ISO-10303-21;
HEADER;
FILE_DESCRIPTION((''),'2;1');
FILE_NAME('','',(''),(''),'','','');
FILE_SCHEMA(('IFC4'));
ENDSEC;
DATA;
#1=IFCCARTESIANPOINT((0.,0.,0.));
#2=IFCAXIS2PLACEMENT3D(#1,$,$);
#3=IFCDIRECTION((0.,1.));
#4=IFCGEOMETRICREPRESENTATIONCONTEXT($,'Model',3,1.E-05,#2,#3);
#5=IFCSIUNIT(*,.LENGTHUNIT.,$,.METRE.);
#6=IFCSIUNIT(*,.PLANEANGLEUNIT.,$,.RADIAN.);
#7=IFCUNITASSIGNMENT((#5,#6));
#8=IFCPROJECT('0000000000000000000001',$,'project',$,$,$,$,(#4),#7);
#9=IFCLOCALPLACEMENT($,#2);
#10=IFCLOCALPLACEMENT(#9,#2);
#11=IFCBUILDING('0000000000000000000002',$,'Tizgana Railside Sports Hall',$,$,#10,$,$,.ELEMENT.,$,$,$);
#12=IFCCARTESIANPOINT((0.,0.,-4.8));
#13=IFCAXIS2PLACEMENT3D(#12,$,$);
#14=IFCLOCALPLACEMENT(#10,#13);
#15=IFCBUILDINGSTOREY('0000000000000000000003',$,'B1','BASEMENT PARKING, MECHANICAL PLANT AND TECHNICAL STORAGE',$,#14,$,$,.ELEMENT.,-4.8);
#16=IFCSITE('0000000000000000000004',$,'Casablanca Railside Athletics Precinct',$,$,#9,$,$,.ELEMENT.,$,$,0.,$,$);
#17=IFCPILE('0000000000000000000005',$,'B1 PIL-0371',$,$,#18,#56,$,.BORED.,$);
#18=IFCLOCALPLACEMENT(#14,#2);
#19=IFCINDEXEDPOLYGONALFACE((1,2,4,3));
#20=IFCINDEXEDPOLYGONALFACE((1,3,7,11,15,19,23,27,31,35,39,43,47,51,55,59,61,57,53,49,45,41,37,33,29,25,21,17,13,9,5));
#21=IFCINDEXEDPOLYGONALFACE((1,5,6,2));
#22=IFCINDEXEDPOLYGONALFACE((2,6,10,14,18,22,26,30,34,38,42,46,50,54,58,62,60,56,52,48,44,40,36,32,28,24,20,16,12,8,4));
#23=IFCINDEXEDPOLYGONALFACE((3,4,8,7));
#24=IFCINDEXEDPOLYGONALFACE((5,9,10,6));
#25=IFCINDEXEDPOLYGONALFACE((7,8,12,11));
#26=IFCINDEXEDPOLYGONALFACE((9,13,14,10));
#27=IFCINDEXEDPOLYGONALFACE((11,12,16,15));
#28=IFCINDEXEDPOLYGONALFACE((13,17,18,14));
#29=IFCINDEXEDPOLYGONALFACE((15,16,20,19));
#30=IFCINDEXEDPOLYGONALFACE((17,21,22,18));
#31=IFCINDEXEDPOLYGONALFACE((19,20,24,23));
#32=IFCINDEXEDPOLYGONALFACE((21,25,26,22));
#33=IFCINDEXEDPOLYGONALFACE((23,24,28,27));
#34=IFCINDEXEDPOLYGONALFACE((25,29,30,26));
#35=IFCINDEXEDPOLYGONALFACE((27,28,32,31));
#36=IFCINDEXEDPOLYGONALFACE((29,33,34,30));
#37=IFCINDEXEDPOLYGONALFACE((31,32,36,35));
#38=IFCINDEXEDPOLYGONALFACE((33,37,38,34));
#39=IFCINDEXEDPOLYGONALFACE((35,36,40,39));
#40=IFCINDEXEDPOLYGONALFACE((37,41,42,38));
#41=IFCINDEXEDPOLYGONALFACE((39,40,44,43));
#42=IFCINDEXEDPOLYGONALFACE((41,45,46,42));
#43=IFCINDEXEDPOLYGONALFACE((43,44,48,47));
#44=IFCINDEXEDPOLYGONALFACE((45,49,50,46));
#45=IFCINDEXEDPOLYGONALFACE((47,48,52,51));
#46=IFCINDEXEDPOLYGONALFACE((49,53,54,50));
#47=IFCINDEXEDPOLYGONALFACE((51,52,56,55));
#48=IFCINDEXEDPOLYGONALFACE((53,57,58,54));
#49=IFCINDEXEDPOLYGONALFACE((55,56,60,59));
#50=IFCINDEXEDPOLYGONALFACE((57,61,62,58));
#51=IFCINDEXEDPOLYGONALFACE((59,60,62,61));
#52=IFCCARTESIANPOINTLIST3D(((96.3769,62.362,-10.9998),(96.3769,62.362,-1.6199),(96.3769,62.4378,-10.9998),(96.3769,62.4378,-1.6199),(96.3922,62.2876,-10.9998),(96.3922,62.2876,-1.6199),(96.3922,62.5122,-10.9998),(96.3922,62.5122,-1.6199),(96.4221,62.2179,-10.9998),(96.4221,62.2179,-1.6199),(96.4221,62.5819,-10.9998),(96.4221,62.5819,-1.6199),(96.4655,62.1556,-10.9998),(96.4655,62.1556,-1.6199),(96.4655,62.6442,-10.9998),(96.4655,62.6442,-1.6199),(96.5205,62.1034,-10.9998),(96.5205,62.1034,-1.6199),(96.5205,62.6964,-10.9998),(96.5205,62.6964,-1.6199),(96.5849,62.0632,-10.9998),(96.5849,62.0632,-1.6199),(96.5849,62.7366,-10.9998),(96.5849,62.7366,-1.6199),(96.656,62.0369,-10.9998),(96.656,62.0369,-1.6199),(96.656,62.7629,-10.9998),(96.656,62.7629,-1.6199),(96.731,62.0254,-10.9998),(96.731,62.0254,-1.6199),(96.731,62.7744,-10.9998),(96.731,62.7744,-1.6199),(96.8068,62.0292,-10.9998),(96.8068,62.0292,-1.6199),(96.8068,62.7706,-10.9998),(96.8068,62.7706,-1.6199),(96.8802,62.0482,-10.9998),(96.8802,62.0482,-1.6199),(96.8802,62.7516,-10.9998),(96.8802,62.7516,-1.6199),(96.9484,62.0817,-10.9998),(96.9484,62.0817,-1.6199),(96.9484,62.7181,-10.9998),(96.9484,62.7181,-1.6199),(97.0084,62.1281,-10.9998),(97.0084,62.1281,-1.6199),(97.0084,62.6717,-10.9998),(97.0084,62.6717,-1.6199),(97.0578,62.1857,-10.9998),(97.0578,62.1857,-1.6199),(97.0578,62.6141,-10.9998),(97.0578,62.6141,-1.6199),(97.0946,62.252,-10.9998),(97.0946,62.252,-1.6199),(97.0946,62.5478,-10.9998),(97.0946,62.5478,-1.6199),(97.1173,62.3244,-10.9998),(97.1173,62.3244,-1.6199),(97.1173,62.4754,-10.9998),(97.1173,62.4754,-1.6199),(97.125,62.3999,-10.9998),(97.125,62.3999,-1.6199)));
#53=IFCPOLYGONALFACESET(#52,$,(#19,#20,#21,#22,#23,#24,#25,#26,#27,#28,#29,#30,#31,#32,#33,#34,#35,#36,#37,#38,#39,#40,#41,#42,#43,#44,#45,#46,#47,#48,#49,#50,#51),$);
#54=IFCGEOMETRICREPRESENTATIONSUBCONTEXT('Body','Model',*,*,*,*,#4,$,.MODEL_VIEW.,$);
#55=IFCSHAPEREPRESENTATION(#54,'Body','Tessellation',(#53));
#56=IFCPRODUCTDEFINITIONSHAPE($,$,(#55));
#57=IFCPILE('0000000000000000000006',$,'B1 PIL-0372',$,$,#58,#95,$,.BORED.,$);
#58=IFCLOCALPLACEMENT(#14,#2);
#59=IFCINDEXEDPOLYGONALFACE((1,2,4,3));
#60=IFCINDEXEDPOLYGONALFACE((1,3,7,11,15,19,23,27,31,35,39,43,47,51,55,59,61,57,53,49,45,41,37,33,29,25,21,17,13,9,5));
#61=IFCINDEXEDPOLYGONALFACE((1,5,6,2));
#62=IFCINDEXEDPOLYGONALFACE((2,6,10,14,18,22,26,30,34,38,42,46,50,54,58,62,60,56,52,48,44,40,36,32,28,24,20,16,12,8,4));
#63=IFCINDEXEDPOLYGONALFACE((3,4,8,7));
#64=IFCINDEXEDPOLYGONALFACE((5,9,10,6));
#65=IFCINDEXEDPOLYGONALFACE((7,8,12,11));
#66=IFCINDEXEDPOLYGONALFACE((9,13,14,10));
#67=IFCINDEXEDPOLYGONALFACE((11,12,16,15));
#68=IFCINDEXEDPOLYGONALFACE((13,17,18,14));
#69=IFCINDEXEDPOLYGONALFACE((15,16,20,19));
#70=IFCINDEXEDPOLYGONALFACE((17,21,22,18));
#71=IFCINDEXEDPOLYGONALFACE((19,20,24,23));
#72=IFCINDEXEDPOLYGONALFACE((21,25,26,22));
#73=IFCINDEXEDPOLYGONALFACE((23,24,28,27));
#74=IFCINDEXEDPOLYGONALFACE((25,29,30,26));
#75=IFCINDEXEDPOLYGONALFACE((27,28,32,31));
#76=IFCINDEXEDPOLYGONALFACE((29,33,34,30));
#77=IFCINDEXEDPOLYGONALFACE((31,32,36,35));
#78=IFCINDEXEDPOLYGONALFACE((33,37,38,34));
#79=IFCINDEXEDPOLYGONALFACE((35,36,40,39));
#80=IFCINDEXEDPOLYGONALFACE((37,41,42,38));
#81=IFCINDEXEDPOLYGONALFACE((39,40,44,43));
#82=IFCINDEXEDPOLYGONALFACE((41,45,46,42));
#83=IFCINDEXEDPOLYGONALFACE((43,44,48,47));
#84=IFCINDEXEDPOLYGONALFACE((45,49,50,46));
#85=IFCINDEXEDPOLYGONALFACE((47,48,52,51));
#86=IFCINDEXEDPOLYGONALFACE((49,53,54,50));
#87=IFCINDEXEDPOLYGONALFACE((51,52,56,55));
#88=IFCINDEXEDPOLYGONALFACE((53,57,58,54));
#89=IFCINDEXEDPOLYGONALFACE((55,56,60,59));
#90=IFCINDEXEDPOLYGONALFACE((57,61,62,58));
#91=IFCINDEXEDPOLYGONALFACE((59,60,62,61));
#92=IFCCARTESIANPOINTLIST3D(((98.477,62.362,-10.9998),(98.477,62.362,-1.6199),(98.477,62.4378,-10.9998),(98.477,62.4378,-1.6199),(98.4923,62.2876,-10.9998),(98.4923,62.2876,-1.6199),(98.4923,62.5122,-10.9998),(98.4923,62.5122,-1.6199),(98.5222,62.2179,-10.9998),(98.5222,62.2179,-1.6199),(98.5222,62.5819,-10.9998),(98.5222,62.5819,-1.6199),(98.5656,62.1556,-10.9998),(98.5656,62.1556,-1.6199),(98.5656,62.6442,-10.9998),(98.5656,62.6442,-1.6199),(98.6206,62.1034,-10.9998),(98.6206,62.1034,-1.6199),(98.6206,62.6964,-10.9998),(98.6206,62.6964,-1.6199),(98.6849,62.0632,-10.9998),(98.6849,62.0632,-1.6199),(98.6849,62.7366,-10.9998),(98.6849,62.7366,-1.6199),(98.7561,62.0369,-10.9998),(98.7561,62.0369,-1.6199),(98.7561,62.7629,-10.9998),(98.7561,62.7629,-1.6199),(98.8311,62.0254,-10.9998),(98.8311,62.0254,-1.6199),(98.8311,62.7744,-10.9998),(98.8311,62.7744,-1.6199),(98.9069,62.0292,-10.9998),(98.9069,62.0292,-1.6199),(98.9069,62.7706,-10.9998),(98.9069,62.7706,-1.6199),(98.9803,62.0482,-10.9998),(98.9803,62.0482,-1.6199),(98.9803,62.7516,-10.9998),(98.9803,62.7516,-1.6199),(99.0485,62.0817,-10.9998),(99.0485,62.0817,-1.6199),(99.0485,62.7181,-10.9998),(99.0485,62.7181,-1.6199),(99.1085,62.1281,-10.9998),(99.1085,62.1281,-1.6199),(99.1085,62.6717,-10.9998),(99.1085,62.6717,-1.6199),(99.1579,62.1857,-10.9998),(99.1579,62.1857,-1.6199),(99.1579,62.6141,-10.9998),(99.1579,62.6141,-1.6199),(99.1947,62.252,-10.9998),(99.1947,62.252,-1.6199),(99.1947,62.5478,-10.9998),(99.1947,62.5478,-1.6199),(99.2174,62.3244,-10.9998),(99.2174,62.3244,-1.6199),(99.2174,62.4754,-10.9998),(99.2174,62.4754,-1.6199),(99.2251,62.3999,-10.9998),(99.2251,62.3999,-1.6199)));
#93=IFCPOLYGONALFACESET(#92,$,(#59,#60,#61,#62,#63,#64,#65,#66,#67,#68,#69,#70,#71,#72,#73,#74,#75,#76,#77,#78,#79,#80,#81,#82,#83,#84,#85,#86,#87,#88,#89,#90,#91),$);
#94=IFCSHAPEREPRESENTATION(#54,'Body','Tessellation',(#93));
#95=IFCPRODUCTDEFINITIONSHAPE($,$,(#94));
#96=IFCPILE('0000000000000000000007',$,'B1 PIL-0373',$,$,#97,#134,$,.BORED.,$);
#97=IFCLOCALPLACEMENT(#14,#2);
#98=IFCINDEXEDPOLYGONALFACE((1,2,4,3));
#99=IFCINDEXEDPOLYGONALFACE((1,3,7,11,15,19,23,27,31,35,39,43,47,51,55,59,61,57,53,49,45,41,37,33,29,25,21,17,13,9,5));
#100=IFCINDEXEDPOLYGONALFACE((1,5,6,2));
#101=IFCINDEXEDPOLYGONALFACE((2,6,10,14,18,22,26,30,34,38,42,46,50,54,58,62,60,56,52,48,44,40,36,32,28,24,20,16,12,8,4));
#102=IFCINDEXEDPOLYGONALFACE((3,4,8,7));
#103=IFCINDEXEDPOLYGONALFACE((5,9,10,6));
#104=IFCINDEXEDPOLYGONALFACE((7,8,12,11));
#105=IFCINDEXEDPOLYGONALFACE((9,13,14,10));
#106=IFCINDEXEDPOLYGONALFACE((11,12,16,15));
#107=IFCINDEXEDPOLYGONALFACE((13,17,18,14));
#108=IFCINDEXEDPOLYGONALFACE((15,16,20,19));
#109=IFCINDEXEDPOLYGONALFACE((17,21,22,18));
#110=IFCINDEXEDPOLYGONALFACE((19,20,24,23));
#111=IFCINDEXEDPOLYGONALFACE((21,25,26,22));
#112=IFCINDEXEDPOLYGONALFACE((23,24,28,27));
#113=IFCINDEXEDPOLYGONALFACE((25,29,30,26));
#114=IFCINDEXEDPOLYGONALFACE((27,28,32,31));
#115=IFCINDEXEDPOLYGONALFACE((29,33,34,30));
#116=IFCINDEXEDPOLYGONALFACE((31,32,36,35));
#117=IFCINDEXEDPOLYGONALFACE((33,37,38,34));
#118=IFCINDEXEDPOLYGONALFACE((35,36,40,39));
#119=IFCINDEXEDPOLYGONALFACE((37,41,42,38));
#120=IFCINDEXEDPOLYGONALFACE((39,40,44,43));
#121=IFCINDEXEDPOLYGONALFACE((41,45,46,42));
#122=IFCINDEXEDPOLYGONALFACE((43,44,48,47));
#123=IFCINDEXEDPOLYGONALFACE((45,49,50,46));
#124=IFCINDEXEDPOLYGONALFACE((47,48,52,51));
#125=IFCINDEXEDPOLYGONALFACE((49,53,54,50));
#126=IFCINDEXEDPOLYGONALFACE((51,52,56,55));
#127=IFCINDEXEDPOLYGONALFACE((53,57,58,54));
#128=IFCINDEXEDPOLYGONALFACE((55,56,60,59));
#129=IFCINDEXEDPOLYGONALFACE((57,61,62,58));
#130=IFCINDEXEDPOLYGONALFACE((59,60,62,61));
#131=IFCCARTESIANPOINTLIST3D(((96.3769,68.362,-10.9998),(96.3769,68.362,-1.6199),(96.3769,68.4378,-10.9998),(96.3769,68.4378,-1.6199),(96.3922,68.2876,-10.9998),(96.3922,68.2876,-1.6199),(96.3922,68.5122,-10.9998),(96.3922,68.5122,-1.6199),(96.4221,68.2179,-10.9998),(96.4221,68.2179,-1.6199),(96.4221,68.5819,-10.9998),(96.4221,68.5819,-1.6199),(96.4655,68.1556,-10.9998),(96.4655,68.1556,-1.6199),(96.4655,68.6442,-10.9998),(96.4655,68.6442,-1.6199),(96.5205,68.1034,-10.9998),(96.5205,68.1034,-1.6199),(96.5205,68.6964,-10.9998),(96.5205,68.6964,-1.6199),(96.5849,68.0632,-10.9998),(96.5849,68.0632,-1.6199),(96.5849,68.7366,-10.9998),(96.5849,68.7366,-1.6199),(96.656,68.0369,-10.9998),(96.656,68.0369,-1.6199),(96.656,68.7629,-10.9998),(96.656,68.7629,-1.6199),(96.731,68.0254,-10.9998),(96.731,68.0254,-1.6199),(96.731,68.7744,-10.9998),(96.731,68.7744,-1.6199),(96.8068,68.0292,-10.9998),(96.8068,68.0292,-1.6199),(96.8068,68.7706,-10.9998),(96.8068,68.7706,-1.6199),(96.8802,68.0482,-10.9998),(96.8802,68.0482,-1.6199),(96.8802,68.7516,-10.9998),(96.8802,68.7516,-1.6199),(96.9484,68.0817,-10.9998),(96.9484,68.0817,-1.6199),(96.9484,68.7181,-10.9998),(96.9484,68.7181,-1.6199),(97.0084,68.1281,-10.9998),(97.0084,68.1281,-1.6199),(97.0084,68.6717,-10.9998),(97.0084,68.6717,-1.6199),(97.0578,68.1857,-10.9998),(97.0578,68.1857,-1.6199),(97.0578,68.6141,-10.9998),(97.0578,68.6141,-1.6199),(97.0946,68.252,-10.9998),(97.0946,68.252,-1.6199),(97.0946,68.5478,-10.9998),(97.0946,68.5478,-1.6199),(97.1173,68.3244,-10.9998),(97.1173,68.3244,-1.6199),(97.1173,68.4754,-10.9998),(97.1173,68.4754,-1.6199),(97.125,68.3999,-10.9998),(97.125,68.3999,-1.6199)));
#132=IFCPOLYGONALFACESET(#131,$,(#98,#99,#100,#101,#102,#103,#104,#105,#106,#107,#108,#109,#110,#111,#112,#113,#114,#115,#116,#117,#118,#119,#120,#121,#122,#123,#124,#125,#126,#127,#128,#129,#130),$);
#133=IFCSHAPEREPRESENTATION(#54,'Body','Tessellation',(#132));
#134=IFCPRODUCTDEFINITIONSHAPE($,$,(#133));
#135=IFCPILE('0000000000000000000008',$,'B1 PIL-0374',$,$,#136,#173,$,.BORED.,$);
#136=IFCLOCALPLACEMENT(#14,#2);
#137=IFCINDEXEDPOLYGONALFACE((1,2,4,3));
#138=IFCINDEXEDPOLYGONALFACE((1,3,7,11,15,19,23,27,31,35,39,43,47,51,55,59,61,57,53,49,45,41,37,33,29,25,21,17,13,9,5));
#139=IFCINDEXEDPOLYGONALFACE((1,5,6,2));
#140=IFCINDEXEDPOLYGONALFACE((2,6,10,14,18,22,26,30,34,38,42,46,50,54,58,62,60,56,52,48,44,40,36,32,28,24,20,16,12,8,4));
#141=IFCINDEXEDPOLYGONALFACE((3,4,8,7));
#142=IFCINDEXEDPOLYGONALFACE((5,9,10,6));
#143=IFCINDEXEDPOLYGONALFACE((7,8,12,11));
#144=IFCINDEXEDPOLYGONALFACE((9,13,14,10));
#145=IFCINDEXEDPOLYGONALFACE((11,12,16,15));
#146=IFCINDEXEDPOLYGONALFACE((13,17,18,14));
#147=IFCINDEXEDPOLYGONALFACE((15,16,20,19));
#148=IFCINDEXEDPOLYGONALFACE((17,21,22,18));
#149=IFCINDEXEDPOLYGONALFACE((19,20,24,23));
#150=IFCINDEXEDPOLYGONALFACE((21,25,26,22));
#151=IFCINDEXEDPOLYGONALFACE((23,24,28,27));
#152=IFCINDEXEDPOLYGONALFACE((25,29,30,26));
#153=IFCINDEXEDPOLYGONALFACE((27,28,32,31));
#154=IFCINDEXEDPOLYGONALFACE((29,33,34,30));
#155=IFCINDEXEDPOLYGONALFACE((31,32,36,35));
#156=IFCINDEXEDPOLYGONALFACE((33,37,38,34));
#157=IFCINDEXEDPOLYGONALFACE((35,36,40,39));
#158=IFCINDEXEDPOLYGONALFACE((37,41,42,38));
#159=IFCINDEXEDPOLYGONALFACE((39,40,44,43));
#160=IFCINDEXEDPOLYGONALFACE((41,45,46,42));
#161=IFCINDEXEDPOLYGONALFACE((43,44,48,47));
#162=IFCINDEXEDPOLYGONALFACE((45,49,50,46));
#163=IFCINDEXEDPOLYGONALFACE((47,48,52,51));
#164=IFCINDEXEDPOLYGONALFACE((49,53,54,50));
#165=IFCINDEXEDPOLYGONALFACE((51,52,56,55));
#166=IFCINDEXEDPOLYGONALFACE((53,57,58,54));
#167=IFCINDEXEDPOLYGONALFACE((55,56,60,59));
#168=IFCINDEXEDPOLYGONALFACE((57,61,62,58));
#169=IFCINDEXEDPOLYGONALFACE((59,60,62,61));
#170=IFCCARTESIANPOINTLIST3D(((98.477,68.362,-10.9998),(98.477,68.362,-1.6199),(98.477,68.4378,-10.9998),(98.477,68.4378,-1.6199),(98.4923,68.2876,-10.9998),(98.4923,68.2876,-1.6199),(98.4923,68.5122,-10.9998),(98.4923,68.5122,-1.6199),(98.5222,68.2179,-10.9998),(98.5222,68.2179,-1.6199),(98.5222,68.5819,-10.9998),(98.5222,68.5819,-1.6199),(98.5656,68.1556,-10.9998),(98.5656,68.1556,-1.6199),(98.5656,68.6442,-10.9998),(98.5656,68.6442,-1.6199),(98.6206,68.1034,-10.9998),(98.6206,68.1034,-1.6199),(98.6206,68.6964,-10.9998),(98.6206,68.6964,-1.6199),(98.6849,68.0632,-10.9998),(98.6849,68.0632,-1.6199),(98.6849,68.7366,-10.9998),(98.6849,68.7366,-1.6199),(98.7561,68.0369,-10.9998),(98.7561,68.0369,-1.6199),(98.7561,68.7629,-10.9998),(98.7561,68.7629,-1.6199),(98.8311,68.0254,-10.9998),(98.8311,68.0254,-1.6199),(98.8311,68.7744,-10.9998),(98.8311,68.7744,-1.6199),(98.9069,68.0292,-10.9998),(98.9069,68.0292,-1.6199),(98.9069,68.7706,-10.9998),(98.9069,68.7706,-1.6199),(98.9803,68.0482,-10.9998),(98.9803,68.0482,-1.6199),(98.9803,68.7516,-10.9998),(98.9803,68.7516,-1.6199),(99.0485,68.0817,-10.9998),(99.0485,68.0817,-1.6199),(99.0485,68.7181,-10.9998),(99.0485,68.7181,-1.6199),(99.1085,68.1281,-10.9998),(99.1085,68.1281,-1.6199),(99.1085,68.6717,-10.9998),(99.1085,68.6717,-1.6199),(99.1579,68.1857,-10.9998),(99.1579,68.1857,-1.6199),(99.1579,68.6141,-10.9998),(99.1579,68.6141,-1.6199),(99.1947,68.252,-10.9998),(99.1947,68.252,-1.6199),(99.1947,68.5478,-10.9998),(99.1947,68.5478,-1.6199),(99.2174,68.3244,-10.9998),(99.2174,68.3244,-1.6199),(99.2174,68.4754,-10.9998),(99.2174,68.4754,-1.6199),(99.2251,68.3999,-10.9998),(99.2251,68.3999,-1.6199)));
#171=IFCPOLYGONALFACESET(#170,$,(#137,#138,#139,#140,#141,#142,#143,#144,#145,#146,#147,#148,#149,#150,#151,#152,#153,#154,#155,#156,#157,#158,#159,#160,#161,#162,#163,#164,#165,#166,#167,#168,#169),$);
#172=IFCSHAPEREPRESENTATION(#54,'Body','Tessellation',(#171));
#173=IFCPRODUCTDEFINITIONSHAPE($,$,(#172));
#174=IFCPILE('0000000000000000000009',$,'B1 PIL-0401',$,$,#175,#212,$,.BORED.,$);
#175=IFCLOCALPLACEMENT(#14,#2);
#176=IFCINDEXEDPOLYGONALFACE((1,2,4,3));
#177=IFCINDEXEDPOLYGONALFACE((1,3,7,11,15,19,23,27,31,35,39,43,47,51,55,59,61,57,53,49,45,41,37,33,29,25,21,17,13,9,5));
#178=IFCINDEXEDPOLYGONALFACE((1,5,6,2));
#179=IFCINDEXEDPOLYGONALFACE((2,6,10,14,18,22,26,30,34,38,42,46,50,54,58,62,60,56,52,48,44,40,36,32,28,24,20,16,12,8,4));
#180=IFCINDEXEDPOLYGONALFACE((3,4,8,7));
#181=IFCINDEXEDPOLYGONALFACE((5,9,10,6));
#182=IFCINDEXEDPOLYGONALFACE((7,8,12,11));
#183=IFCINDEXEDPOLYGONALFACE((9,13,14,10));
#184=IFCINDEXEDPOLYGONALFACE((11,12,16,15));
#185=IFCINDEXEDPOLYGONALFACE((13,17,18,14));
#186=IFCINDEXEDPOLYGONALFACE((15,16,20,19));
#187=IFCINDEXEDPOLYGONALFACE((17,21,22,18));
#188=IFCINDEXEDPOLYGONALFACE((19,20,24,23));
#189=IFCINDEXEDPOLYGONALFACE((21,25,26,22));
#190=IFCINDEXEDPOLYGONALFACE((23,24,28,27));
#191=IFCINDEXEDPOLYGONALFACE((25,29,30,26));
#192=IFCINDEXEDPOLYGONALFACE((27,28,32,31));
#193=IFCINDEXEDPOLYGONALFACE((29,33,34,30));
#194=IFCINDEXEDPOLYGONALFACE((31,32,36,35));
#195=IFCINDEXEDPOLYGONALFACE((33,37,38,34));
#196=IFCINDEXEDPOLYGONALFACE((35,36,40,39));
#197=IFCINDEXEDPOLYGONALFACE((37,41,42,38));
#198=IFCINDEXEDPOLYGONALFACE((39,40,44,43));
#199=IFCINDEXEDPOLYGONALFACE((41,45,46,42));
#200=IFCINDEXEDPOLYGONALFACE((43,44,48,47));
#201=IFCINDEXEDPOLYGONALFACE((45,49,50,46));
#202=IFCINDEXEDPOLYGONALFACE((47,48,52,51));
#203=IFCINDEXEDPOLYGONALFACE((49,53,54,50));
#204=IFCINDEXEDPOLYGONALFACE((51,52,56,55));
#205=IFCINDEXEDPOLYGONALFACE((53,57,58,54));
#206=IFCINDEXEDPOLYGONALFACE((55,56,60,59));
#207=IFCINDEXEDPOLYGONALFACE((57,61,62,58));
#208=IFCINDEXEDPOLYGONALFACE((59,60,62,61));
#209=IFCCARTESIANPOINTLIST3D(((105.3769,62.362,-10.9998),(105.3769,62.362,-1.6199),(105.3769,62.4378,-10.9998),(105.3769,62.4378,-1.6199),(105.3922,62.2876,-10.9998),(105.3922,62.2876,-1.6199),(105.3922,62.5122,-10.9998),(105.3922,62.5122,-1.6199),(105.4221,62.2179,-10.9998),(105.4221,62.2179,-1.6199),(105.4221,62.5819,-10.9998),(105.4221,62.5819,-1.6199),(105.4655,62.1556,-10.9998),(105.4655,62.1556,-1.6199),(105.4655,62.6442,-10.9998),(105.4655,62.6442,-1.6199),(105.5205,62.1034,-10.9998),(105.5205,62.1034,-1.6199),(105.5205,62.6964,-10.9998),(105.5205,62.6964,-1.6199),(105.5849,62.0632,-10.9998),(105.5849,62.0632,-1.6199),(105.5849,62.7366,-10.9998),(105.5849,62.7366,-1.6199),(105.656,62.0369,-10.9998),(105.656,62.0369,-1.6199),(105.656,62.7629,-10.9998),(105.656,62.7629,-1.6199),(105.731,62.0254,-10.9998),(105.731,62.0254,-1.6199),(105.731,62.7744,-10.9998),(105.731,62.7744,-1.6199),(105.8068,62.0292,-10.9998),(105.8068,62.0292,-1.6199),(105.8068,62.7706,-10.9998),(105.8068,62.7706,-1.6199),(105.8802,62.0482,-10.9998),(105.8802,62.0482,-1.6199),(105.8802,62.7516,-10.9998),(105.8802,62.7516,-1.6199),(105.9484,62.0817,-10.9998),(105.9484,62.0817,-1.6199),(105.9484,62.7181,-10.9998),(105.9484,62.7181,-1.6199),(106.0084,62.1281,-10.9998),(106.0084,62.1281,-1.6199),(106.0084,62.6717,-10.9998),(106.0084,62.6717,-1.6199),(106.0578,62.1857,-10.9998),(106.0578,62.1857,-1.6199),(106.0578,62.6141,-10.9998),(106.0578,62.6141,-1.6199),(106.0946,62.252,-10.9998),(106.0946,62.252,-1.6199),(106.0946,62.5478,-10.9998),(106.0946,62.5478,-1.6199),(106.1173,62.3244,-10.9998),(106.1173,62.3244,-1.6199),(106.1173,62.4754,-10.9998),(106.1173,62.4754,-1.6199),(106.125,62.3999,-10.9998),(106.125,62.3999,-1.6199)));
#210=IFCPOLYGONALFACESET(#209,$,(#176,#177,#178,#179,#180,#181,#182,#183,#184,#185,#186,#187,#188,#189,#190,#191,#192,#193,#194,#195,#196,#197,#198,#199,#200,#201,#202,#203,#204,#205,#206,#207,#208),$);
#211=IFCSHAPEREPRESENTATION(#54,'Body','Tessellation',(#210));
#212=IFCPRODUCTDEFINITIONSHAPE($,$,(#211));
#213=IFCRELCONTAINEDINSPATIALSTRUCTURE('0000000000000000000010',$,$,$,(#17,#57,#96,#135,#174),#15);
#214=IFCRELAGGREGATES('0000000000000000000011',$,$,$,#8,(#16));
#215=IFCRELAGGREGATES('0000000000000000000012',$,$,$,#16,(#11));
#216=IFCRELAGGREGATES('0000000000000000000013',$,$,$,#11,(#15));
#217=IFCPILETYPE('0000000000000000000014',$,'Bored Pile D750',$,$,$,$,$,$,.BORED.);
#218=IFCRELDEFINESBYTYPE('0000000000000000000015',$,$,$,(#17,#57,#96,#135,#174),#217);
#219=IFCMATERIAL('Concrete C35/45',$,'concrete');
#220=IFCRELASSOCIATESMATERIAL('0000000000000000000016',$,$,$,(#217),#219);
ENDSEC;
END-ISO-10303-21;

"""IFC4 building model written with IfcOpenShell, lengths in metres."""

from ifc_helpers import new_model, si_unit, direction, frame, origin, origin_2d, place, context, subcontext, project, spatial, circle, extrude, material, material_profile, profile_set, type_object, element, save


model = new_model("IFC4")

# Units and contexts
model_context = context("Model", 3, precision=1e-05, world=origin(), true_north=direction((0.0, 1.0)))
body_context = subcontext(model_context, "Body", "Model", "MODEL_VIEW")
ifc_project = project(units=[si_unit("LENGTHUNIT", "METRE"), si_unit("PLANEANGLEUNIT", "RADIAN")], contexts=[model_context])

# Site, building, storey
site_placement = place(None, origin())
site = spatial("IfcSite", under=ifc_project, at=site_placement, Name="Casablanca Railside Athletics Precinct", CompositionType="ELEMENT", RefElevation=0.0)
building_placement = place(site_placement, origin())
building = spatial("IfcBuilding", under=site, at=building_placement, Name="Tizgana Railside Sports Hall", CompositionType="ELEMENT")
storey_placement = place(building_placement, frame((0.0, 0.0, -4.8)))
storey = spatial("IfcBuildingStorey", under=building, at=storey_placement, Name="B1", Description="BASEMENT PARKING, MECHANICAL PLANT AND TECHNICAL STORAGE", CompositionType="ELEMENT", Elevation=-4.8)

# Piles
ifc_material_1 = material(Name="Concrete C35/45", Category="concrete")
ifc_material_profile_1 = material_profile(ifc_material_1, circle(Radius=0.375, at=origin_2d()), Name="PILE D750")
ifc_profile_set_1 = profile_set([ifc_material_profile_1], Name="Concrete C35/45")
pile_type = type_object("IfcPileType", Name="Bored Pile D750", PredefinedType="BORED", material=ifc_profile_set_1)
for number, where, z_axis, x_axis, name in (
    (1, (96.75, 62.3999, -1.6199), (0.0, 0.0, -1.0), (1.0, 0.0, 0.0), "B1 PIL-0371"),
    (2, (98.8501, 62.3999, -1.6199), (0.0, 0.0, -1.0), (1.0, 0.0, 0.0), "B1 PIL-0372"),
    (3, (96.75, 68.3999, -1.6199), (0.0, 0.0, -1.0), (1.0, 0.0, 0.0), "B1 PIL-0373"),
    (4, (98.8501, 68.3999, -1.6199), (0.0, 0.0, -1.0), (1.0, 0.0, 0.0), "B1 PIL-0374"),
    (5, (105.75, 62.3999, -1.6199), (0.0, 0.0, -1.0), (1.0, 0.0, 0.0), "B1 PIL-0401"),
):
    element("IfcPile", number, at=place(storey_placement, frame(where, z_axis=z_axis, x_axis=x_axis)), inside=storey, type_object=pile_type, Name=name, PredefinedType="BORED", context=body_context, shape_type="SweptSolid", body=[
        extrude(circle(Radius=0.375, at=origin_2d()), origin(), (0.0, 0.0, 1.0), 9.3799),
    ])

save(model, "model.ifc")
